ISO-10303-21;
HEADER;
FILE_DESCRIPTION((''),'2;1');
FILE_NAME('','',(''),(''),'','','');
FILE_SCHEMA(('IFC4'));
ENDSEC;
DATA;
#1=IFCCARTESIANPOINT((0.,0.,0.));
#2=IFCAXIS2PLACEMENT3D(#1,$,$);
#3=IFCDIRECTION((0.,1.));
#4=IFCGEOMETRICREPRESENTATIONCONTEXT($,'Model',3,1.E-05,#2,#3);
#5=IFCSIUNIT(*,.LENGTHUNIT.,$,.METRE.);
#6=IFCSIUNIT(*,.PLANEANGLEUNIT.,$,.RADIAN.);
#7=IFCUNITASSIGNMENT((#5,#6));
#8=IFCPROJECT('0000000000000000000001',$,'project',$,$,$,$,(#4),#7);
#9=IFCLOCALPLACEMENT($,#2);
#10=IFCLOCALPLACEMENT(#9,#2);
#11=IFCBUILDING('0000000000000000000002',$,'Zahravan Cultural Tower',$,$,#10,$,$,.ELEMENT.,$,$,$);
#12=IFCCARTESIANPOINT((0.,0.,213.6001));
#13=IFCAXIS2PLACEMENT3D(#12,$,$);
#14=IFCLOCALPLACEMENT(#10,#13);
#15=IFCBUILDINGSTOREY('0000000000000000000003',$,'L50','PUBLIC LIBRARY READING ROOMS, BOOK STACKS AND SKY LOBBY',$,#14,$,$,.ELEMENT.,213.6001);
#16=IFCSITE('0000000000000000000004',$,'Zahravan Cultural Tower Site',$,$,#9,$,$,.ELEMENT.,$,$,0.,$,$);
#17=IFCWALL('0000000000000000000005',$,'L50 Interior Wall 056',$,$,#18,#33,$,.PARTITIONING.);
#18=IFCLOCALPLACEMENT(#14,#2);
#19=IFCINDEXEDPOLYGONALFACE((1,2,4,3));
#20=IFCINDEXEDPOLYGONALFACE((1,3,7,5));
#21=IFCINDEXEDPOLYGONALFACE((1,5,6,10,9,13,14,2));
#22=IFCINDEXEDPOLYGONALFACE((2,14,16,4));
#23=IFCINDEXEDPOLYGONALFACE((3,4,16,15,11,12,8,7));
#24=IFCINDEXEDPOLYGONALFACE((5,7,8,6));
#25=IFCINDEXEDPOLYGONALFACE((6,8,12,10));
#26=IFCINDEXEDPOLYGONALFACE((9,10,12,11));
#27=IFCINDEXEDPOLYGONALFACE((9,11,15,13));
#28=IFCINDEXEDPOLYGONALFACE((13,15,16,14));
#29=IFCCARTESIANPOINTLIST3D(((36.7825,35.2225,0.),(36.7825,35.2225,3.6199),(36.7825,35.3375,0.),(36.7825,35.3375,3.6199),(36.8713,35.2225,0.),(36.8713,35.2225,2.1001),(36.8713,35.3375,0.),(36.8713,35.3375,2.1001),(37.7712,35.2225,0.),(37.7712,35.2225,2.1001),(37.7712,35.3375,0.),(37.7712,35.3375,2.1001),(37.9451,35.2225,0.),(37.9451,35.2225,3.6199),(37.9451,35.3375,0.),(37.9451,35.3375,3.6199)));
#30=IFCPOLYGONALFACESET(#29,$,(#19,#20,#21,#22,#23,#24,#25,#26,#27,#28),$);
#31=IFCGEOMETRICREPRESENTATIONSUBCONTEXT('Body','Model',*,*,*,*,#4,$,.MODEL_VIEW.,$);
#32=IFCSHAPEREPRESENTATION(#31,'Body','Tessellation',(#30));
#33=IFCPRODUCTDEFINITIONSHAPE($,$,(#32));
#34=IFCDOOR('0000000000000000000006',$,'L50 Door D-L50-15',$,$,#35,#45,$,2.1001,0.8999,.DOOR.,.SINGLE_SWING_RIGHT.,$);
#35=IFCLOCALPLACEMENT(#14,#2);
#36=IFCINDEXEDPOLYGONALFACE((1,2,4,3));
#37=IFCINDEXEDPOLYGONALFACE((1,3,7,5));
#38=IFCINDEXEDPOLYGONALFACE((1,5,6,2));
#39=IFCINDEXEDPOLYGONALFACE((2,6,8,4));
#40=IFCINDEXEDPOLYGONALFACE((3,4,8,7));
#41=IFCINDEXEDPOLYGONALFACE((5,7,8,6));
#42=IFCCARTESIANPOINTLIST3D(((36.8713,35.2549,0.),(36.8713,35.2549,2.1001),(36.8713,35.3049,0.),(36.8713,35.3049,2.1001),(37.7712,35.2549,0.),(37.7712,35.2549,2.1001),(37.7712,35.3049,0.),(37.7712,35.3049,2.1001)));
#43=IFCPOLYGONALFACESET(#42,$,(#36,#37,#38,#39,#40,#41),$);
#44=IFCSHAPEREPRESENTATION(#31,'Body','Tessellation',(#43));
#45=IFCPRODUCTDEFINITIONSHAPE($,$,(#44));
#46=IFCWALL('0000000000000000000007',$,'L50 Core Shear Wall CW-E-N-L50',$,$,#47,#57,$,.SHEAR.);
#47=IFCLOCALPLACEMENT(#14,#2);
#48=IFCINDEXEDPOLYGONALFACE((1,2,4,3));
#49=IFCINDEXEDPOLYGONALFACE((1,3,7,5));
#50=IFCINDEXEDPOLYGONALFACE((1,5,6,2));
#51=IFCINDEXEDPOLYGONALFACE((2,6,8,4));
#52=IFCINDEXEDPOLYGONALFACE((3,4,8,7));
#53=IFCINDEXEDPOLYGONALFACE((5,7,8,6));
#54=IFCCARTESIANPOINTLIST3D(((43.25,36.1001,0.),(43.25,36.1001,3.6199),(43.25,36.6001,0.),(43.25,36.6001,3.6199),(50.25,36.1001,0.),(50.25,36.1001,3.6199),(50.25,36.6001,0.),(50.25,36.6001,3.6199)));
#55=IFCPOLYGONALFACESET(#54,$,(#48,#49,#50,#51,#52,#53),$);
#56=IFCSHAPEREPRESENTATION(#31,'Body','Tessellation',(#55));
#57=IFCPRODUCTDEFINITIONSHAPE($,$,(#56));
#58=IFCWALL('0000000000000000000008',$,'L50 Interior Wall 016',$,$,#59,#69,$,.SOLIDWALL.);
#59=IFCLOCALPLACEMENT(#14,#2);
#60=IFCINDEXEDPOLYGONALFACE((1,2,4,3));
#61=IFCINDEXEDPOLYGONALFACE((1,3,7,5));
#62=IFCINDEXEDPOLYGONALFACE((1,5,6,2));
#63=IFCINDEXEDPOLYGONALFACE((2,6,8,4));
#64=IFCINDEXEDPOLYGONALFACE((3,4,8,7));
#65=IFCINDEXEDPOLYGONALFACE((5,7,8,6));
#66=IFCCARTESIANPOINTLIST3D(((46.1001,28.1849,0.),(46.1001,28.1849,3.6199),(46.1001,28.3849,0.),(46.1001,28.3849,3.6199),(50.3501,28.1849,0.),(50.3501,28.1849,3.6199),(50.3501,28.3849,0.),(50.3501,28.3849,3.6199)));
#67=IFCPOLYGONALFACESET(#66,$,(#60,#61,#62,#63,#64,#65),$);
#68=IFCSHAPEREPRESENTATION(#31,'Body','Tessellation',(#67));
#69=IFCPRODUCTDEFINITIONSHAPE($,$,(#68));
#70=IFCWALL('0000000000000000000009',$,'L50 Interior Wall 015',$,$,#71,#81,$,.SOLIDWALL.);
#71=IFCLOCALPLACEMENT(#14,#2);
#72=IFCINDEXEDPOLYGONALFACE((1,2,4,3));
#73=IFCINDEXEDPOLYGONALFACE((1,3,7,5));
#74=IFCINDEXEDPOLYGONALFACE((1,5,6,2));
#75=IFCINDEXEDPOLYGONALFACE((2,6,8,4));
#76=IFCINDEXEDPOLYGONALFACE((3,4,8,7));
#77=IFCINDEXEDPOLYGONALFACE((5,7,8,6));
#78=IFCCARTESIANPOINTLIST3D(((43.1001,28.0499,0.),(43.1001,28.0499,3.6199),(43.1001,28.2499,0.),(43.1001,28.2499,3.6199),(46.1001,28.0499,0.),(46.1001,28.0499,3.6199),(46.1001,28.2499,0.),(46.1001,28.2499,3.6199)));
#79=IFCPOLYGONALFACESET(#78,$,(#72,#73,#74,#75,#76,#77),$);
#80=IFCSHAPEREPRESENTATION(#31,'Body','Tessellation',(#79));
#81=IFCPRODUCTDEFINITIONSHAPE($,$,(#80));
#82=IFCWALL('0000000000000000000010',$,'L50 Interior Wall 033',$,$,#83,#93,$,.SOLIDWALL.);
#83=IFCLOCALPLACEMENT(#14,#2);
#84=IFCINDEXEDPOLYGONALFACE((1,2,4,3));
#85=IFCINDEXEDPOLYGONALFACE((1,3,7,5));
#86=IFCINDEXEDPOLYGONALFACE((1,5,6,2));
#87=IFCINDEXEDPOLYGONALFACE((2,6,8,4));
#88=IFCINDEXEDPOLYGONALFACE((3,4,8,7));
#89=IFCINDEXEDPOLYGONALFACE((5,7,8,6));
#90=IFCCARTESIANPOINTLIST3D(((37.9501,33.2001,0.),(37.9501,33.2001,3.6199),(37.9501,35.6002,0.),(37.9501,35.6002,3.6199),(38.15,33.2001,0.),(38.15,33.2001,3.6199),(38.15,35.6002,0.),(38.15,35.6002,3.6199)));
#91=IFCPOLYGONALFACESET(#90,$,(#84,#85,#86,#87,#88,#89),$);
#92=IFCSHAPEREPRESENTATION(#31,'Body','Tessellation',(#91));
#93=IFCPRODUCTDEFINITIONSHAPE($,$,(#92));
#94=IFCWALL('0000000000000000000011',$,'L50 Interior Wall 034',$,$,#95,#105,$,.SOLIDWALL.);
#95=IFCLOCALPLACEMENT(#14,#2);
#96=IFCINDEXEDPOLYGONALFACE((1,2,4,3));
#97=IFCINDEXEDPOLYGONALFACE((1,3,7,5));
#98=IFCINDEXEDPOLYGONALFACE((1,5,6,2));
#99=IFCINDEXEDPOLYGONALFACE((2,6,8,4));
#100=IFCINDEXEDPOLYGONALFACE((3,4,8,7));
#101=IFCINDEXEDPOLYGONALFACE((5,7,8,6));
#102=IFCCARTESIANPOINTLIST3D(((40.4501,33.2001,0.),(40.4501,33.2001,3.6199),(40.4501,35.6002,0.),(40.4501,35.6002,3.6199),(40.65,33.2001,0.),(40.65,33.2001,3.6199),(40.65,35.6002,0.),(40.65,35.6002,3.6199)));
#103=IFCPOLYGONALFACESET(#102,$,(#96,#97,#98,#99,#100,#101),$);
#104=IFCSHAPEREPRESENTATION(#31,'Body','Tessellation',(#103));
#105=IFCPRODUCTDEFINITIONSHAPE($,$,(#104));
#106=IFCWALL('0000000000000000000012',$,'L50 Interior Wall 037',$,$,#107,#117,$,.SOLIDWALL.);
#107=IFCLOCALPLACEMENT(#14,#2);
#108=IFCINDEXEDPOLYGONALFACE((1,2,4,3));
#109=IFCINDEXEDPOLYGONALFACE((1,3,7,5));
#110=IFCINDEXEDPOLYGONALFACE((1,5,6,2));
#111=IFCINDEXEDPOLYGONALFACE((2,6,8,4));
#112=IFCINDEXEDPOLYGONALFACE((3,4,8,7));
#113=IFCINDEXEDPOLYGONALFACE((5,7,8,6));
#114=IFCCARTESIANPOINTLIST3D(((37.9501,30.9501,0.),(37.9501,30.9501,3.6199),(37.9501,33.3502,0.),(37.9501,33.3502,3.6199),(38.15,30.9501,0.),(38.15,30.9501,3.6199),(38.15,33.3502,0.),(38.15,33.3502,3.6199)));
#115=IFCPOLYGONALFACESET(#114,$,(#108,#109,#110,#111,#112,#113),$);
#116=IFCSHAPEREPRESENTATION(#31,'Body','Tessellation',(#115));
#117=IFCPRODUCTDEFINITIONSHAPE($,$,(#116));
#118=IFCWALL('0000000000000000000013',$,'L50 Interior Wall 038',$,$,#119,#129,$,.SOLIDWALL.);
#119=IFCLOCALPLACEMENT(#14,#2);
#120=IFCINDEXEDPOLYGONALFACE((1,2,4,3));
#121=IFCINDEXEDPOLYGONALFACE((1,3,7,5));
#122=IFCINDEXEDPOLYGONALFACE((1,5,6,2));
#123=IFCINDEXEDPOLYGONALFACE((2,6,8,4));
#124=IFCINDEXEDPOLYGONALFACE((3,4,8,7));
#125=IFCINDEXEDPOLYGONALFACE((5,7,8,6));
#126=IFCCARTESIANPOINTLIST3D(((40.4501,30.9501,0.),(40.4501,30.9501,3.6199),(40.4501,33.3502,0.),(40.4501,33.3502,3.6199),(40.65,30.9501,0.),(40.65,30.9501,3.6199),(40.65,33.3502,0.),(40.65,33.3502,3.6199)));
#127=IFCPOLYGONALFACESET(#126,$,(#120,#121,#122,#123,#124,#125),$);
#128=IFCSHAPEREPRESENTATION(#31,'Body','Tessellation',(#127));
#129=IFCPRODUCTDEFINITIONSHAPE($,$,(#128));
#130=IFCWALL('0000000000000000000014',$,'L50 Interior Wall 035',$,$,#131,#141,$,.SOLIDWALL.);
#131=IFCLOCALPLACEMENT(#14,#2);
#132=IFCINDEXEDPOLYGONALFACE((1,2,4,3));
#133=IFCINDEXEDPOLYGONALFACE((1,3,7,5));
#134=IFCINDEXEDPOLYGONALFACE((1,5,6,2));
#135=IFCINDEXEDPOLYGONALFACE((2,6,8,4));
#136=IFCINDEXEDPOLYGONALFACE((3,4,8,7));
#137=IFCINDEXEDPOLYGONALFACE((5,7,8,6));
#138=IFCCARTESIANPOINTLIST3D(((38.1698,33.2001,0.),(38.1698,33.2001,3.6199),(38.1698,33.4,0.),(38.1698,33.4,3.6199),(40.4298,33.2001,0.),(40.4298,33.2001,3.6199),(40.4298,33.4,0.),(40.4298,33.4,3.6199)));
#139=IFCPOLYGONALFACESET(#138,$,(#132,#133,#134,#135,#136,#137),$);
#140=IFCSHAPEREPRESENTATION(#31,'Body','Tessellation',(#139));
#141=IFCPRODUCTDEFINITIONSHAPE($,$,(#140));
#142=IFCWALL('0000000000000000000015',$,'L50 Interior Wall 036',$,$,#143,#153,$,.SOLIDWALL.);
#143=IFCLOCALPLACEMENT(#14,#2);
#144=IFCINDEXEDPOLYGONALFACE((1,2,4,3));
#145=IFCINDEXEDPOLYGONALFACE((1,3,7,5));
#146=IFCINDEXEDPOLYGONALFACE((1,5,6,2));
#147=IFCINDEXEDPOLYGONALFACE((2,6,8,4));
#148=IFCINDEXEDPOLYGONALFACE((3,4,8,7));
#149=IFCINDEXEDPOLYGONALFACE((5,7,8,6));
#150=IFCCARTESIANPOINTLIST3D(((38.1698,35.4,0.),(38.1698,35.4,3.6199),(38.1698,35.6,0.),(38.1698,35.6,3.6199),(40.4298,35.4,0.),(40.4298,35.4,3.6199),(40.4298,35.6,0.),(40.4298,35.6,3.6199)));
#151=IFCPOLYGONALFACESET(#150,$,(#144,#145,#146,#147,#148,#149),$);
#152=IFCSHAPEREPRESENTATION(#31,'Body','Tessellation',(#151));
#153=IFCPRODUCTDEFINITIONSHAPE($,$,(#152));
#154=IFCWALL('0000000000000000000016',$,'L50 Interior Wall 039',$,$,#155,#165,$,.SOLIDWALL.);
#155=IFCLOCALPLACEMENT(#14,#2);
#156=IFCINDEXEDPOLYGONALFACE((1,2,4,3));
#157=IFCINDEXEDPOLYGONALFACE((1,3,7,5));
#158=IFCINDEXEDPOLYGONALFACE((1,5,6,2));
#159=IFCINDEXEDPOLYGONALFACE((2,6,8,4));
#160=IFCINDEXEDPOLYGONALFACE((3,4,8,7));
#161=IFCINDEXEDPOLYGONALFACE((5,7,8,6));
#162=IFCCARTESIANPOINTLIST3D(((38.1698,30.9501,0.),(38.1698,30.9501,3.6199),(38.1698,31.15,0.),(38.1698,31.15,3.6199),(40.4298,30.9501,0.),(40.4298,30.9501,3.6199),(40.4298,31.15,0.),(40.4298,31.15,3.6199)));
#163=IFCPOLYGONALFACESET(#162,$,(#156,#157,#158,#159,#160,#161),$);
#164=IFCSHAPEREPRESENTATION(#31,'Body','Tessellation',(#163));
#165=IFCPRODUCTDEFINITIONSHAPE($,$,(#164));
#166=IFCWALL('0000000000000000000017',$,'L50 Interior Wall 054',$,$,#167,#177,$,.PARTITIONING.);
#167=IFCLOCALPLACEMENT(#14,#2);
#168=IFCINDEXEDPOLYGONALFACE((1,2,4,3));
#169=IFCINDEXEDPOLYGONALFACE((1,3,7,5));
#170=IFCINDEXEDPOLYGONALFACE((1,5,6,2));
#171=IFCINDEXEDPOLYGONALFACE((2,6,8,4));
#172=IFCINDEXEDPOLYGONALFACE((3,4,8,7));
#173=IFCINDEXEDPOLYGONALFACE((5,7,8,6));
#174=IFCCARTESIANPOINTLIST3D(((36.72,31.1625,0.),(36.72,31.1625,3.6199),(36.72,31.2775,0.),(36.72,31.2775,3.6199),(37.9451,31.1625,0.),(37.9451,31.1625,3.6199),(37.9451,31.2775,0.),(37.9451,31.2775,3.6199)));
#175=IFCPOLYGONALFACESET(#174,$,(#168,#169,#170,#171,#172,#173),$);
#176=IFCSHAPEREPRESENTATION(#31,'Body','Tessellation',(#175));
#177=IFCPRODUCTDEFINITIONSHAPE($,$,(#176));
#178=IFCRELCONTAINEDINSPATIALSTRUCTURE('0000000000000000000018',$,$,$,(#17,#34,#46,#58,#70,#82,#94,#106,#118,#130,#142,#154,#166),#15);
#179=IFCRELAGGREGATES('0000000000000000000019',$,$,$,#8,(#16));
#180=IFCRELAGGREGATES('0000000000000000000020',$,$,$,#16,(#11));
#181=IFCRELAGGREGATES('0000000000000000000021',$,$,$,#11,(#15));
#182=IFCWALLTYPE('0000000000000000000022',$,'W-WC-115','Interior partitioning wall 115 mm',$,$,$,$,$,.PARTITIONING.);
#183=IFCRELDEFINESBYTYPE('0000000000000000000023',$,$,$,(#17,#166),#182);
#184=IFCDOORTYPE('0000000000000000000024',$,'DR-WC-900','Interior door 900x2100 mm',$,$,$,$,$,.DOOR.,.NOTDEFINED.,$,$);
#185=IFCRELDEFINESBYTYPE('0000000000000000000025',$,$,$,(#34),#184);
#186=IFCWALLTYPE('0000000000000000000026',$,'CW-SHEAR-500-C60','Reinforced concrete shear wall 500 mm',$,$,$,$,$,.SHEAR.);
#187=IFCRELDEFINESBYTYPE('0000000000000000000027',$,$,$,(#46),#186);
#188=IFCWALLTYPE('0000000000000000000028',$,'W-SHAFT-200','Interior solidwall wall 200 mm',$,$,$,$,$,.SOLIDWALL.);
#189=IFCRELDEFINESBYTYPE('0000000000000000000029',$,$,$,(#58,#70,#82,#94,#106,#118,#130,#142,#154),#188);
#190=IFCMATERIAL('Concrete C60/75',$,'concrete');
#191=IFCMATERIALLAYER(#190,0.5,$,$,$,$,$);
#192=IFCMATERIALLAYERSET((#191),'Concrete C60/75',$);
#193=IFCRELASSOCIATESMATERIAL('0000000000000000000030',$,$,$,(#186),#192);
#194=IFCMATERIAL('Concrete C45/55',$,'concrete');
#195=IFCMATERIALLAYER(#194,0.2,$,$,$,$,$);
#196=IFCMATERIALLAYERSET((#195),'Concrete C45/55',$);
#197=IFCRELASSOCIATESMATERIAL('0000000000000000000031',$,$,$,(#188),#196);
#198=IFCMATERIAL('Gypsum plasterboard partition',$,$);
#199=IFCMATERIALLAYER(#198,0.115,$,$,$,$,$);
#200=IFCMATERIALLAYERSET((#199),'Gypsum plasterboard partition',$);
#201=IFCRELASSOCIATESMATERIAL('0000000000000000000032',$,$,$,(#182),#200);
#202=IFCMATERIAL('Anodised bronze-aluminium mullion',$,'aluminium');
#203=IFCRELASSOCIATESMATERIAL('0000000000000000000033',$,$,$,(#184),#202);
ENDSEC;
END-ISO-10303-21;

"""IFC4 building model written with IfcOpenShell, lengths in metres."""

from ifc_helpers import new_model, si_unit, direction, frame, frame_2d, origin, place, context, subcontext, project, spatial, rectangle, extrude, source, transform, mapped, material, layer, layer_set, type_object, element, fill, save


model = new_model("IFC4")

# Units and contexts
model_context = context("Model", 3, precision=1e-05, world=origin(), true_north=direction((0.0, 1.0)))
body_context = subcontext(model_context, "Body", "Model", "MODEL_VIEW")
ifc_project = project(units=[si_unit("LENGTHUNIT", "METRE"), si_unit("PLANEANGLEUNIT", "RADIAN")], contexts=[model_context])

# Site, building, storey
site_placement = place(None, origin())
site = spatial("IfcSite", under=ifc_project, at=site_placement, Name="Zahravan Cultural Tower Site", CompositionType="ELEMENT", RefElevation=0.0)
building_placement = place(site_placement, origin())
building = spatial("IfcBuilding", under=site, at=building_placement, Name="Zahravan Cultural Tower", CompositionType="ELEMENT")
storey_placement = place(building_placement, frame((0.0, 0.0, 213.6001)))
storey = spatial("IfcBuildingStorey", under=building, at=storey_placement, Name="L50", Description="PUBLIC LIBRARY READING ROOMS, BOOK STACKS AND SKY LOBBY", CompositionType="ELEMENT", Elevation=213.6001)

# Wall, opening, door
ifc_material_1 = material(Name="Concrete C60/75", Category="concrete")
ifc_layer_1 = layer(ifc_material_1, 0.5)
ifc_layer_set_1 = layer_set([ifc_layer_1], Name="Concrete C60/75")
wall_type_1 = type_object("IfcWallType", Name="CW-SHEAR-500-C60", Description="Reinforced concrete shear wall 500 mm", PredefinedType="SHEAR", material=ifc_layer_set_1)
ifc_material_2 = material(Name="Gypsum plasterboard partition")
ifc_material_3 = material(Name="Anodised bronze-aluminium mullion", Category="aluminium")
ifc_material_4 = material(Name="Concrete C45/55", Category="concrete")
ifc_layer_2 = layer(ifc_material_4, 0.2)
ifc_layer_set_2 = layer_set([ifc_layer_2], Name="Concrete C45/55")
wall_type_2 = type_object("IfcWallType", Name="W-SHAFT-200", Description="Interior solidwall wall 200 mm", PredefinedType="SOLIDWALL", material=ifc_layer_set_2)
ifc_layer_3 = layer(ifc_material_2, 0.115)
ifc_layer_set_3 = layer_set([ifc_layer_3], Name="Gypsum plasterboard partition")
wall_type_3 = type_object("IfcWallType", Name="W-WC-115", Description="Interior partitioning wall 115 mm", PredefinedType="PARTITIONING", material=ifc_layer_set_3)
wall_1_placement = place(storey_placement, frame((36.7825, 35.28, 0.0), z_axis=(0.0, 0.0, 1.0), x_axis=(1.0, 0.0, 0.0)))
wall_1 = element("IfcWall", 1, at=wall_1_placement, inside=storey, type_object=wall_type_3, Name="L50 Interior Wall 056", PredefinedType="PARTITIONING", context=body_context, shape_type="SweptSolid", body=[
    extrude(rectangle(XDim=1.1626, YDim=0.115, at=frame_2d((0.5813, 0.0))), origin(), (0.0, 0.0, 1.0), 3.6199),
])
opening_1_placement = place(wall_1_placement, frame((0.0889, 0.0, 0.0)))
opening_1 = element("IfcOpeningElement", 2, at=opening_1_placement, cuts=wall_1, PredefinedType="OPENING", context=body_context, shape_type="SweptSolid", body=[
    extrude(rectangle(XDim=0.8999, YDim=2.1001, at=frame_2d((0.45, 1.05))), frame((0.0, 0.0674, 0.0), z_axis=(0.0, -1.0, 0.0), x_axis=(1.0, 0.0, 0.0)), (0.0, 0.0, 1.0), 0.135),
])
door_type_1 = type_object("IfcDoorType", Name="DR-WC-900", Description="Interior door 900x2100 mm", OperationType="NOTDEFINED", PredefinedType="DOOR", material=ifc_material_3)
shared_shape_1 = source(origin(), body_context, "Body", "SweptSolid", [
    extrude(rectangle(XDim=0.8999, YDim=2.1001, at=frame_2d((0.45, 1.05))), frame((0.0, 0.0249, 0.0), z_axis=(0.0, -1.0, 0.0), x_axis=(1.0, 0.0, 0.0)), (0.0, 0.0, 1.0), 0.05),
])
door_1_placement = place(opening_1_placement, origin())
door_1 = element("IfcDoor", 3, at=door_1_placement, inside=storey, type_object=door_type_1, Name="L50 Door D-L50-15", OperationType="SINGLE_SWING_RIGHT", OverallHeight=2.1001, OverallWidth=0.8999, PredefinedType="DOOR", context=body_context, shape_type="MappedRepresentation", body=[
    mapped(shared_shape_1, transform((0.0, 0.0, 0.0), x_axis=(1.0, 0.0, 0.0), y_axis=(0.0, 1.0, 0.0), z_axis=(0.0, 0.0, 1.0), scale=1.0)),
])
fill(opening_1, door_1)

# Walls
shared_shape_2 = source(origin(), body_context, "Body", "SweptSolid", [
    extrude(rectangle(XDim=7.0, YDim=0.5, at=frame_2d((3.5, 0.0))), origin(), (0.0, 0.0, 1.0), 3.6199),
])
wall_2_placement = place(storey_placement, frame((43.25, 36.3501, 0.0), z_axis=(0.0, 0.0, 1.0), x_axis=(1.0, 0.0, 0.0)))
element("IfcWall", 4, at=wall_2_placement, inside=storey, type_object=wall_type_1, Name="L50 Core Shear Wall CW-E-N-L50", PredefinedType="SHEAR", context=body_context, shape_type="MappedRepresentation", body=[
    mapped(shared_shape_2, transform((0.0, 0.0, 0.0), x_axis=(1.0, 0.0, 0.0), y_axis=(0.0, 1.0, 0.0), z_axis=(0.0, 0.0, 1.0), scale=1.0)),
])
shared_shape_3 = source(origin(), body_context, "Body", "SweptSolid", [
    extrude(rectangle(XDim=4.25, YDim=0.2, at=frame_2d((2.125, 0.0))), origin(), (0.0, 0.0, 1.0), 3.6199),
])
wall_3_placement = place(storey_placement, frame((46.1001, 28.2849, 0.0), z_axis=(0.0, 0.0, 1.0), x_axis=(1.0, 0.0, 0.0)))
element("IfcWall", 5, at=wall_3_placement, inside=storey, type_object=wall_type_2, Name="L50 Interior Wall 016", PredefinedType="SOLIDWALL", context=body_context, shape_type="MappedRepresentation", body=[
    mapped(shared_shape_3, transform((0.0, 0.0, 0.0), x_axis=(1.0, 0.0, 0.0), y_axis=(0.0, 1.0, 0.0), z_axis=(0.0, 0.0, 1.0), scale=1.0)),
])
shared_shape_4 = source(origin(), body_context, "Body", "SweptSolid", [
    extrude(rectangle(XDim=3.0, YDim=0.2, at=frame_2d((1.5, 0.0))), origin(), (0.0, 0.0, 1.0), 3.6199),
])
wall_4_placement = place(storey_placement, frame((43.1001, 28.1499, 0.0), z_axis=(0.0, 0.0, 1.0), x_axis=(1.0, 0.0, 0.0)))
element("IfcWall", 6, at=wall_4_placement, inside=storey, type_object=wall_type_2, Name="L50 Interior Wall 015", PredefinedType="SOLIDWALL", context=body_context, shape_type="MappedRepresentation", body=[
    mapped(shared_shape_4, transform((0.0, 0.0, 0.0), x_axis=(1.0, 0.0, 0.0), y_axis=(0.0, 1.0, 0.0), z_axis=(0.0, 0.0, 1.0), scale=1.0)),
])
shared_shape_5 = source(origin(), body_context, "Body", "SweptSolid", [
    extrude(rectangle(XDim=2.4001, YDim=0.2, at=frame_2d((1.2002, 0.0))), origin(), (0.0, 0.0, 1.0), 3.6199),
])
for number, where, z_axis, x_axis, name in (
    (7, (38.05, 33.2, 0.0), (0.0, 0.0, 1.0), (0.0, 1.0, 0.0), "L50 Interior Wall 033"),
    (8, (40.55, 33.2, 0.0), (0.0, 0.0, 1.0), (0.0, 1.0, 0.0), "L50 Interior Wall 034"),
    (9, (38.05, 30.95, 0.0), (0.0, 0.0, 1.0), (0.0, 1.0, 0.0), "L50 Interior Wall 037"),
    (10, (40.55, 30.95, 0.0), (0.0, 0.0, 1.0), (0.0, 1.0, 0.0), "L50 Interior Wall 038"),
):
    element("IfcWall", number, at=place(storey_placement, frame(where, z_axis=z_axis, x_axis=x_axis)), inside=storey, type_object=wall_type_2, Name=name, PredefinedType="SOLIDWALL", context=body_context, shape_type="MappedRepresentation", body=[
        mapped(shared_shape_5, transform((0.0, 0.0, 0.0), x_axis=(1.0, 0.0, 0.0), y_axis=(0.0, 1.0, 0.0), z_axis=(0.0, 0.0, 1.0), scale=1.0)),
    ])
shared_shape_6 = source(origin(), body_context, "Body", "SweptSolid", [
    extrude(rectangle(XDim=2.26, YDim=0.2, at=frame_2d((1.1299, 0.0))), origin(), (0.0, 0.0, 1.0), 3.6199),
])
for number, where, z_axis, x_axis, name in (
    (11, (38.1699, 33.3, 0.0), (0.0, 0.0, 1.0), (1.0, 0.0, 0.0), "L50 Interior Wall 035"),
    (12, (38.1699, 35.5, 0.0), (0.0, 0.0, 1.0), (1.0, 0.0, 0.0), "L50 Interior Wall 036"),
    (13, (38.1699, 31.05, 0.0), (0.0, 0.0, 1.0), (1.0, 0.0, 0.0), "L50 Interior Wall 039"),
):
    element("IfcWall", number, at=place(storey_placement, frame(where, z_axis=z_axis, x_axis=x_axis)), inside=storey, type_object=wall_type_2, Name=name, PredefinedType="SOLIDWALL", context=body_context, shape_type="MappedRepresentation", body=[
        mapped(shared_shape_6, transform((0.0, 0.0, 0.0), x_axis=(1.0, 0.0, 0.0), y_axis=(0.0, 1.0, 0.0), z_axis=(0.0, 0.0, 1.0), scale=1.0)),
    ])
shared_shape_7 = source(origin(), body_context, "Body", "SweptSolid", [
    extrude(rectangle(XDim=1.2251, YDim=0.115, at=frame_2d((0.6125, 0.0))), origin(), (0.0, 0.0, 1.0), 3.6199),
])
wall_5_placement = place(storey_placement, frame((37.9451, 31.22, 0.0), z_axis=(0.0, 0.0, 1.0), x_axis=(-1.0, 0.0, 0.0)))
element("IfcWall", 14, at=wall_5_placement, inside=storey, type_object=wall_type_3, Name="L50 Interior Wall 054", PredefinedType="PARTITIONING", context=body_context, shape_type="MappedRepresentation", body=[
    mapped(shared_shape_7, transform((0.0, 0.0, 0.0), x_axis=(1.0, 0.0, 0.0), y_axis=(0.0, 1.0, 0.0), z_axis=(0.0, 0.0, 1.0), scale=1.0)),
])

save(model, "model.ifc")
